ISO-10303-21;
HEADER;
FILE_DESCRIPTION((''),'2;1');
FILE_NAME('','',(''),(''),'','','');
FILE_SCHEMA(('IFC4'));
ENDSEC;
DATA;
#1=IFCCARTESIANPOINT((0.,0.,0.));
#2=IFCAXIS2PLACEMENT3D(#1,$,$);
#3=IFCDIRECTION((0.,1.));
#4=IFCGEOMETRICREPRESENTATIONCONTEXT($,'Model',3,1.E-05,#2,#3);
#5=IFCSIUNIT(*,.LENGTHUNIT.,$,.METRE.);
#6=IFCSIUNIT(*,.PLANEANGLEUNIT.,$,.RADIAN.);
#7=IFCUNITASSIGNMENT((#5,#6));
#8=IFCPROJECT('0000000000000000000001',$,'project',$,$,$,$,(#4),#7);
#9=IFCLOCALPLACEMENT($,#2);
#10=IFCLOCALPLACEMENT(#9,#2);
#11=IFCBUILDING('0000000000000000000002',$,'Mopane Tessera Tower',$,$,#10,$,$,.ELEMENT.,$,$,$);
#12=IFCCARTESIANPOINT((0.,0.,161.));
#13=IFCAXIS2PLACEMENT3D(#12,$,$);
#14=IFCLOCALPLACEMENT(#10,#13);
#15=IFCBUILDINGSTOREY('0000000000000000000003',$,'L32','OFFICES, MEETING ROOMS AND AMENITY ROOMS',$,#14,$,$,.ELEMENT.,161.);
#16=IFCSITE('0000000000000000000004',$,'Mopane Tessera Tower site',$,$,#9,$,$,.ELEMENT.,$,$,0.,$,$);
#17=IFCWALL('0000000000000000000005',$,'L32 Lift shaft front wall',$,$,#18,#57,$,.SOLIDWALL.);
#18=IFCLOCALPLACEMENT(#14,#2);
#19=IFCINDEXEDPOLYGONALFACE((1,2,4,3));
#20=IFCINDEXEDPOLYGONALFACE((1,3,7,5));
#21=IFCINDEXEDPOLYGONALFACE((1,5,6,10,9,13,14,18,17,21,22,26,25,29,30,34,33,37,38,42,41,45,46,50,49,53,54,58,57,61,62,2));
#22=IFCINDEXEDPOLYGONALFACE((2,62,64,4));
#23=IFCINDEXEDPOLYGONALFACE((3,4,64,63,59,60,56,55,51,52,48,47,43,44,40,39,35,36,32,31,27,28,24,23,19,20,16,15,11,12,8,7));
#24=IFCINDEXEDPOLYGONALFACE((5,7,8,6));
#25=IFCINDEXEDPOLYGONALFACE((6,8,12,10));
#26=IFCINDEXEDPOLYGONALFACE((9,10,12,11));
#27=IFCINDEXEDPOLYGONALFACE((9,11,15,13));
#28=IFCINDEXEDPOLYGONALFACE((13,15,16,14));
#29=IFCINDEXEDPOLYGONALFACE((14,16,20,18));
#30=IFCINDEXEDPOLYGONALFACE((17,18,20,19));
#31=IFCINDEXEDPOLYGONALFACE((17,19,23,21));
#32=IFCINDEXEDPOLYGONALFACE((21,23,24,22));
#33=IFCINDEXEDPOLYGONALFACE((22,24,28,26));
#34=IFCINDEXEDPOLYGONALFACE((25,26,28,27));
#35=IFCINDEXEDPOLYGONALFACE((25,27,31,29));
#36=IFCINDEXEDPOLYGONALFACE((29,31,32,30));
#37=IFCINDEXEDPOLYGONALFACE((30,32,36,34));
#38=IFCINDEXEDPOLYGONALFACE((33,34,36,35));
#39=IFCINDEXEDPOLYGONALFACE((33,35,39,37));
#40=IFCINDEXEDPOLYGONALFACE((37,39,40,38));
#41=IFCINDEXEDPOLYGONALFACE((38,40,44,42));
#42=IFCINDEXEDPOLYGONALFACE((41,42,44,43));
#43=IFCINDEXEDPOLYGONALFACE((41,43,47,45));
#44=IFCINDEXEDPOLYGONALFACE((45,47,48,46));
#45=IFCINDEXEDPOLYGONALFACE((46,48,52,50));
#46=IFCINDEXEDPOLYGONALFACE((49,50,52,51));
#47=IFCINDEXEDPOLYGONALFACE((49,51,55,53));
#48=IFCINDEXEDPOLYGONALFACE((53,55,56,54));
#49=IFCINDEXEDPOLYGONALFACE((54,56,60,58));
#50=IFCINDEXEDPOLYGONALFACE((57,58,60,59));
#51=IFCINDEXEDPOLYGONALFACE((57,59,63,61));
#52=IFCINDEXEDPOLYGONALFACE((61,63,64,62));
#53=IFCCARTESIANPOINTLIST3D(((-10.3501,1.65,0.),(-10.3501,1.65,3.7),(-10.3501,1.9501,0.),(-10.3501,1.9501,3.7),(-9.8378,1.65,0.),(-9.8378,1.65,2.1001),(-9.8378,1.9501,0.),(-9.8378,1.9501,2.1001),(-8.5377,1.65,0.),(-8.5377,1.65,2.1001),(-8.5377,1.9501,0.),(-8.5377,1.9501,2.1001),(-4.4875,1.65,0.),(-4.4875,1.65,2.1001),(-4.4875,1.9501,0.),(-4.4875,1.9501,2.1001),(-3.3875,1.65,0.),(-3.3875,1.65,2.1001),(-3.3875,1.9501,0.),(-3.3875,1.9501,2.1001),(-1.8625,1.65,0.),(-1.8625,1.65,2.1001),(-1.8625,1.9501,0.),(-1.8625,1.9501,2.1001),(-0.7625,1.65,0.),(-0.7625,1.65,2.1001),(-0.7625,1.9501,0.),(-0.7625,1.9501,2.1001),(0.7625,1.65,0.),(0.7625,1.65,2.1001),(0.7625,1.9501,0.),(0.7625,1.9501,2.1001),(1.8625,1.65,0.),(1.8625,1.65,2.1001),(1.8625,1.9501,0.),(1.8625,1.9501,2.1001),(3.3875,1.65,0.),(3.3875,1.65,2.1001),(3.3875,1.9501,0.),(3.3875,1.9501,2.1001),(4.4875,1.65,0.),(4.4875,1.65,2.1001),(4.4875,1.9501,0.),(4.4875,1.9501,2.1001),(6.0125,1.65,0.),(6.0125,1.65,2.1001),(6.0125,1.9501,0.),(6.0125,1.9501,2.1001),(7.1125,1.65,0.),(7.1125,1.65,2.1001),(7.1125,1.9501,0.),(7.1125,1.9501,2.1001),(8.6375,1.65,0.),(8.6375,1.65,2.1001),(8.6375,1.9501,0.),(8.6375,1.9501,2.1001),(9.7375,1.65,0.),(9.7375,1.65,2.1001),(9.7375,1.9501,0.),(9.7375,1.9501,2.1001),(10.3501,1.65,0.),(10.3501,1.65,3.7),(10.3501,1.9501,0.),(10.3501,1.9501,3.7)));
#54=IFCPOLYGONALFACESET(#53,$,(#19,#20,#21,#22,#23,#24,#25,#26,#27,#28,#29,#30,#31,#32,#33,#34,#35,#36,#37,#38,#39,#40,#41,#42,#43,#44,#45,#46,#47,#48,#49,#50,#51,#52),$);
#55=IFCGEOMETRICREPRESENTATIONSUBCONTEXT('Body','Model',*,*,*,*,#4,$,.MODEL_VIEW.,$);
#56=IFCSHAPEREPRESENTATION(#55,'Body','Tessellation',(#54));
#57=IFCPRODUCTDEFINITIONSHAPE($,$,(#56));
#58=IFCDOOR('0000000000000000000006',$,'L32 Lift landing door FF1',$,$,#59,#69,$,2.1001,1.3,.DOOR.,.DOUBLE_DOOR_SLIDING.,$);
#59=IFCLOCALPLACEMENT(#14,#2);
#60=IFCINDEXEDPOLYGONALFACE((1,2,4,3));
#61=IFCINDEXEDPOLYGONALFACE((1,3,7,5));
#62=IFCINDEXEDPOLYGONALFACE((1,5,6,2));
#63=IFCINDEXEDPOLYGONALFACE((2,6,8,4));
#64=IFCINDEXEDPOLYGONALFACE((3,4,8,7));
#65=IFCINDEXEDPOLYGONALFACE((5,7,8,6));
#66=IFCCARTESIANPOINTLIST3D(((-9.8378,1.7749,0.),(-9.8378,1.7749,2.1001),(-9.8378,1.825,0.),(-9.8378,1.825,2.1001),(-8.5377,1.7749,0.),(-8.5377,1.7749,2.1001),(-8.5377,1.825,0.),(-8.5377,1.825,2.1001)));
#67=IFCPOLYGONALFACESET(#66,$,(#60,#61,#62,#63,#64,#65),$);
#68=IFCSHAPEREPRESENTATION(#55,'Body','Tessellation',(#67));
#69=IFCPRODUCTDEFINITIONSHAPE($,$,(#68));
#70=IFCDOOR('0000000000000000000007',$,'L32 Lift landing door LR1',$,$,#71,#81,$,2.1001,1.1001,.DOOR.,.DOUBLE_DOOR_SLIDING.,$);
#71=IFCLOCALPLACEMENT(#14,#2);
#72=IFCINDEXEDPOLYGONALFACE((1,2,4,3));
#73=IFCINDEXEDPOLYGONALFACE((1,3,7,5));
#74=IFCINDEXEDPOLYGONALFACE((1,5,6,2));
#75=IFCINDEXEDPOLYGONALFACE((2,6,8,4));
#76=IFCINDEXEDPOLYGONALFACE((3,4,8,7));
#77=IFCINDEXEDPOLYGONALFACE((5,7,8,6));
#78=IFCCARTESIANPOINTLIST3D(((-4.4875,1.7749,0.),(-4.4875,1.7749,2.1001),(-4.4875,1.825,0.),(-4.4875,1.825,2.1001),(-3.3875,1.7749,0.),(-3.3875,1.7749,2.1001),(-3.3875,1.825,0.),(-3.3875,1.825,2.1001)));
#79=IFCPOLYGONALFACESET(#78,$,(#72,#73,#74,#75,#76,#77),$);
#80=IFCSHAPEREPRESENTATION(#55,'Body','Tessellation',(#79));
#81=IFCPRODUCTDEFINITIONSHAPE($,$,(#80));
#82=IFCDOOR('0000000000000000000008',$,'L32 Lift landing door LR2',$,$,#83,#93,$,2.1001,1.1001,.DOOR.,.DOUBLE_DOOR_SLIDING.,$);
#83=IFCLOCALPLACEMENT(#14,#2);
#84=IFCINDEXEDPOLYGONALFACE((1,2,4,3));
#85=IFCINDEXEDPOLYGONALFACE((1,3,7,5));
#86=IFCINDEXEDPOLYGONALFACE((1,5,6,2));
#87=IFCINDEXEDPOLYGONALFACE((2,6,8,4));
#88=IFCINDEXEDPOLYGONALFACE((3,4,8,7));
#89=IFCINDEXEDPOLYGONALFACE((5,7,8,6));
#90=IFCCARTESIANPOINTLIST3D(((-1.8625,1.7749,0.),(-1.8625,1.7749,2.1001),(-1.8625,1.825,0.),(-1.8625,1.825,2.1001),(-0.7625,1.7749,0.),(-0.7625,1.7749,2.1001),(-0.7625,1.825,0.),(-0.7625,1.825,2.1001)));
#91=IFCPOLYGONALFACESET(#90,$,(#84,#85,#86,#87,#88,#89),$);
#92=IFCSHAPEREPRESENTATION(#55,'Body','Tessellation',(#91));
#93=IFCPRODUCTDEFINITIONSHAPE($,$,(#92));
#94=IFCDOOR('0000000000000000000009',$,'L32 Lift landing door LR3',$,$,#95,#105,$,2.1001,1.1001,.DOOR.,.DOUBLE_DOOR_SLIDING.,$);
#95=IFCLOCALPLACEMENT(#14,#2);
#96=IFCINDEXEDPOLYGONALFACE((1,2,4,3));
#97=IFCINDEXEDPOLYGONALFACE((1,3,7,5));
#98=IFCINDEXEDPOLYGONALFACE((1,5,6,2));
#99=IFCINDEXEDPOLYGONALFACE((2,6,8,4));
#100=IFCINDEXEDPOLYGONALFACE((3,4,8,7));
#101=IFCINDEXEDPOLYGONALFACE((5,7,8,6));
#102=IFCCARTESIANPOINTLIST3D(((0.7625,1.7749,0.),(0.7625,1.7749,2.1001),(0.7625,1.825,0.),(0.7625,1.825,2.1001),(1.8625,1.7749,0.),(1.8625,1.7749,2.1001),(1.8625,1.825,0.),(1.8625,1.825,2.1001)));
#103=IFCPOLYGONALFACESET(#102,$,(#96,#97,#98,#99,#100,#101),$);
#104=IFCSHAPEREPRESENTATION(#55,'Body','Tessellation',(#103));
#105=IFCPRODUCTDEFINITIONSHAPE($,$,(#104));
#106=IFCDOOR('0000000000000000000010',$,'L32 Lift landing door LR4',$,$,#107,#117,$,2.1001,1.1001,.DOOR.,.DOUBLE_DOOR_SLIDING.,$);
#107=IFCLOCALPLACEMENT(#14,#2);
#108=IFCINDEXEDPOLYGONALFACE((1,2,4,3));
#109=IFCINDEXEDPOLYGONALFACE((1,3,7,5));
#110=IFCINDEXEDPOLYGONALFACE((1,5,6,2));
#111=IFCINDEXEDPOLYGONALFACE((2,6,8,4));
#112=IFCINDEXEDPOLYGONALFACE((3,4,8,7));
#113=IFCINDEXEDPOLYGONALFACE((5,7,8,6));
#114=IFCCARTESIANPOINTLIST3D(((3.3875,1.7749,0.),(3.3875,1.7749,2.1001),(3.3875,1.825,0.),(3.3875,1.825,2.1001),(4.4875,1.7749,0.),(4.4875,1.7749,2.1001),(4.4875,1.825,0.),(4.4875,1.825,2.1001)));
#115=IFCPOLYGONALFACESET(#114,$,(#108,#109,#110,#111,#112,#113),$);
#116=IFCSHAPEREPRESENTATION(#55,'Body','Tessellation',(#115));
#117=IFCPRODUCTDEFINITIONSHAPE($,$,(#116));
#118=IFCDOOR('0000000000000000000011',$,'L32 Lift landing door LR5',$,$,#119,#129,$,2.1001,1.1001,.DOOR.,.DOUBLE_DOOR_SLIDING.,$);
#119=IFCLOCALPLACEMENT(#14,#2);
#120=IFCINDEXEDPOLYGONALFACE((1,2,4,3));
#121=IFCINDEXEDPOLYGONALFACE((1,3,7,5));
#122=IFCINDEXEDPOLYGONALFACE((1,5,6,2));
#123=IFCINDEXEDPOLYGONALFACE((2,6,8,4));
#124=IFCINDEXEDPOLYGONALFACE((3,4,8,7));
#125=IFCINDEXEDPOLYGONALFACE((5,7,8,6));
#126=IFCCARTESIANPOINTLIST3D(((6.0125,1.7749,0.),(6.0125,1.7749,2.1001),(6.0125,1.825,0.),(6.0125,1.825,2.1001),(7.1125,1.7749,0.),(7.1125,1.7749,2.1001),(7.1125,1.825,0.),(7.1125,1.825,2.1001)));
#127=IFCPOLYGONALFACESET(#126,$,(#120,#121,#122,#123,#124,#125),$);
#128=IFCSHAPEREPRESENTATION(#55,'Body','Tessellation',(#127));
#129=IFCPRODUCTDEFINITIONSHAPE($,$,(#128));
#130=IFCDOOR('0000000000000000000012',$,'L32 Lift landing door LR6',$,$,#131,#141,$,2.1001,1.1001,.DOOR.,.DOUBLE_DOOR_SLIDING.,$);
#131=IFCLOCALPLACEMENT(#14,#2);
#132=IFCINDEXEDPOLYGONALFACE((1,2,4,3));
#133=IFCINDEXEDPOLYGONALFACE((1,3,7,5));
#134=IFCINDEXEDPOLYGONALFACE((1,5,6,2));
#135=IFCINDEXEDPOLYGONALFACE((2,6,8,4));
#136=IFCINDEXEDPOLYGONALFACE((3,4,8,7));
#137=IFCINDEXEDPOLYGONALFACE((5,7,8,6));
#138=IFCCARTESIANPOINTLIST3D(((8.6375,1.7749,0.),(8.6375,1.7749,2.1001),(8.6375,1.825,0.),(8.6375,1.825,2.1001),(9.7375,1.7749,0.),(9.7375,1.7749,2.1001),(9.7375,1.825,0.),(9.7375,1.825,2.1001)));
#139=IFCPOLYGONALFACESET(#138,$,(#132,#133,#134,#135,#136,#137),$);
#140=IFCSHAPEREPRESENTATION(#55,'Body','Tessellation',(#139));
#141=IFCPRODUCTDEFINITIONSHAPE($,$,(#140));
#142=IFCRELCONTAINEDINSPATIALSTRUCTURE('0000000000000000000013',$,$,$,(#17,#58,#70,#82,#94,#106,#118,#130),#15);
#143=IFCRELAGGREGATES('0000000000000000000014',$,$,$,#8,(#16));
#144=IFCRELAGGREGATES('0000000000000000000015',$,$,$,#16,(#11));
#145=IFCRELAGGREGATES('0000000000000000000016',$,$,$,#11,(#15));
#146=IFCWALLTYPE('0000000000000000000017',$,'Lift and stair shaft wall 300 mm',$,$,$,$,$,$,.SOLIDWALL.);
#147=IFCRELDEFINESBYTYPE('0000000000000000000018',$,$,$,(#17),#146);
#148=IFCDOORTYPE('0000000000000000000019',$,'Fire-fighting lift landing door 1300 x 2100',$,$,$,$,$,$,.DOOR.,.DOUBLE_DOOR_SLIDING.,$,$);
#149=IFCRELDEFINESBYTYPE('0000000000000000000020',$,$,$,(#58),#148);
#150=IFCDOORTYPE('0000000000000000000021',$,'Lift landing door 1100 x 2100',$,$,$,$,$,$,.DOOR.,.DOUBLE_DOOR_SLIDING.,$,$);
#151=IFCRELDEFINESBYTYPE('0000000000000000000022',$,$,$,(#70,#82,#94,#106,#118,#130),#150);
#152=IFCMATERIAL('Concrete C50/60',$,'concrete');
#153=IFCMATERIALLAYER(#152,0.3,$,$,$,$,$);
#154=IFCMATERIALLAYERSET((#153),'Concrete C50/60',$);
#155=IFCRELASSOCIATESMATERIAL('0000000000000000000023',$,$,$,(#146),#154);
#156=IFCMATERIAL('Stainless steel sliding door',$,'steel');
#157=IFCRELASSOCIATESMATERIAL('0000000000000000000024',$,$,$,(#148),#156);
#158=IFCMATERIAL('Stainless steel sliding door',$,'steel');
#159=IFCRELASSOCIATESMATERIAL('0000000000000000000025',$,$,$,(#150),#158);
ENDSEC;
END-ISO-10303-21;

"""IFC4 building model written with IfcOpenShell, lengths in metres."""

from ifc_helpers import new_model, si_unit, direction, frame, frame_2d, origin, place, context, subcontext, project, spatial, rectangle, extrude, material, layer, layer_set, type_object, element, fill, save


model = new_model("IFC4")

# Units and contexts
model_context = context("Model", 3, precision=1e-05, world=origin(), true_north=direction((0.0, 1.0)))
body_context = subcontext(model_context, "Body", "Model", "MODEL_VIEW")
ifc_project = project(units=[si_unit("LENGTHUNIT", "METRE"), si_unit("PLANEANGLEUNIT", "RADIAN")], contexts=[model_context])

# Site, building, storey
site_placement = place(None, origin())
site = spatial("IfcSite", under=ifc_project, at=site_placement, Name="Mopane Tessera Tower site", CompositionType="ELEMENT", RefElevation=0.0)
building_placement = place(site_placement, origin())
building = spatial("IfcBuilding", under=site, at=building_placement, Name="Mopane Tessera Tower", CompositionType="ELEMENT")
storey_placement = place(building_placement, frame((0.0, 0.0, 161.0)))
storey = spatial("IfcBuildingStorey", under=building, at=storey_placement, Name="L32", Description="OFFICES, MEETING ROOMS AND AMENITY ROOMS", CompositionType="ELEMENT", Elevation=161.0)

# Shared definitions
ifc_material_1 = material(Name="Concrete C50/60", Category="concrete")
ifc_layer_1 = layer(ifc_material_1, 0.3)
ifc_layer_set_1 = layer_set([ifc_layer_1], Name="Concrete C50/60")
wall_type_1 = type_object("IfcWallType", Name="Lift and stair shaft wall 300 mm", PredefinedType="SOLIDWALL", material=ifc_layer_set_1)

# Wall, openings, doors
wall_1_placement = place(storey_placement, frame((-10.3501, 1.8, 0.0), z_axis=(0.0, 0.0, 1.0), x_axis=(1.0, 0.0, 0.0)))
wall_1 = element("IfcWall", 1, at=wall_1_placement, inside=storey, type_object=wall_type_1, Name="L32 Lift shaft front wall", PredefinedType="SOLIDWALL", context=body_context, shape_type="SweptSolid", body=[
    extrude(rectangle(XDim=20.7002, YDim=0.3, at=frame_2d((10.3501, 0.0))), origin(), (0.0, 0.0, 1.0), 3.7),
])
opening_1_placement = place(wall_1_placement, frame((0.5125, 0.0, 0.0)))
opening_1 = element("IfcOpeningElement", 2, at=opening_1_placement, cuts=wall_1, PredefinedType="OPENING", context=body_context, shape_type="SweptSolid", body=[
    extrude(rectangle(XDim=1.3, YDim=2.1001, at=frame_2d((0.6499, 1.05))), frame((0.0, 0.1621, 0.0), z_axis=(0.0, -1.0, 0.0), x_axis=(1.0, 0.0, 0.0)), (0.0, 0.0, 1.0), 0.324),
])
opening_2_placement = place(wall_1_placement, frame((5.8625, 0.0, 0.0)))
opening_2 = element("IfcOpeningElement", 3, at=opening_2_placement, cuts=wall_1, PredefinedType="OPENING", context=body_context, shape_type="SweptSolid", body=[
    extrude(rectangle(XDim=1.1001, YDim=2.1001, at=frame_2d((0.55, 1.05))), frame((0.0, 0.1621, 0.0), z_axis=(0.0, -1.0, 0.0), x_axis=(1.0, 0.0, 0.0)), (0.0, 0.0, 1.0), 0.324),
])
opening_3_placement = place(wall_1_placement, frame((8.4875, 0.0, 0.0)))
opening_3 = element("IfcOpeningElement", 4, at=opening_3_placement, cuts=wall_1, PredefinedType="OPENING", context=body_context, shape_type="SweptSolid", body=[
    extrude(rectangle(XDim=1.1001, YDim=2.1001, at=frame_2d((0.55, 1.05))), frame((0.0, 0.1621, 0.0), z_axis=(0.0, -1.0, 0.0), x_axis=(1.0, 0.0, 0.0)), (0.0, 0.0, 1.0), 0.324),
])
opening_4_placement = place(wall_1_placement, frame((11.1125, 0.0, 0.0)))
opening_4 = element("IfcOpeningElement", 5, at=opening_4_placement, cuts=wall_1, PredefinedType="OPENING", context=body_context, shape_type="SweptSolid", body=[
    extrude(rectangle(XDim=1.1001, YDim=2.1001, at=frame_2d((0.55, 1.05))), frame((0.0, 0.1621, 0.0), z_axis=(0.0, -1.0, 0.0), x_axis=(1.0, 0.0, 0.0)), (0.0, 0.0, 1.0), 0.324),
])
opening_5_placement = place(wall_1_placement, frame((13.7375, 0.0, 0.0)))
opening_5 = element("IfcOpeningElement", 6, at=opening_5_placement, cuts=wall_1, PredefinedType="OPENING", context=body_context, shape_type="SweptSolid", body=[
    extrude(rectangle(XDim=1.1001, YDim=2.1001, at=frame_2d((0.55, 1.05))), frame((0.0, 0.1621, 0.0), z_axis=(0.0, -1.0, 0.0), x_axis=(1.0, 0.0, 0.0)), (0.0, 0.0, 1.0), 0.324),
])
opening_6_placement = place(wall_1_placement, frame((16.3625, 0.0, 0.0)))
opening_6 = element("IfcOpeningElement", 7, at=opening_6_placement, cuts=wall_1, PredefinedType="OPENING", context=body_context, shape_type="SweptSolid", body=[
    extrude(rectangle(XDim=1.1001, YDim=2.1001, at=frame_2d((0.55, 1.05))), frame((0.0, 0.1621, 0.0), z_axis=(0.0, -1.0, 0.0), x_axis=(1.0, 0.0, 0.0)), (0.0, 0.0, 1.0), 0.324),
])
opening_7_placement = place(wall_1_placement, frame((18.9875, 0.0, 0.0)))
opening_7 = element("IfcOpeningElement", 8, at=opening_7_placement, cuts=wall_1, PredefinedType="OPENING", context=body_context, shape_type="SweptSolid", body=[
    extrude(rectangle(XDim=1.1001, YDim=2.1001, at=frame_2d((0.55, 1.05))), frame((0.0, 0.1621, 0.0), z_axis=(0.0, -1.0, 0.0), x_axis=(1.0, 0.0, 0.0)), (0.0, 0.0, 1.0), 0.324),
])
ifc_material_2 = material(Name="Stainless steel sliding door", Category="steel")
door_type_1 = type_object("IfcDoorType", Name="Fire-fighting lift landing door 1300 x 2100", OperationType="DOUBLE_DOOR_SLIDING", PredefinedType="DOOR", material=ifc_material_2)
door_1_placement = place(opening_1_placement, origin())
door_1 = element("IfcDoor", 9, at=door_1_placement, inside=storey, type_object=door_type_1, Name="L32 Lift landing door FF1", OperationType="DOUBLE_DOOR_SLIDING", OverallHeight=2.1001, OverallWidth=1.3, PredefinedType="DOOR", context=body_context, shape_type="SweptSolid", body=[
    extrude(rectangle(XDim=1.3, YDim=2.1001, at=frame_2d((0.6499, 1.05))), frame((0.0, 0.0249, 0.0), z_axis=(0.0, -1.0, 0.0), x_axis=(1.0, 0.0, 0.0)), (0.0, 0.0, 1.0), 0.05),
])
fill(opening_1, door_1)
ifc_material_3 = material(Name="Stainless steel sliding door", Category="steel")
door_type_2 = type_object("IfcDoorType", Name="Lift landing door 1100 x 2100", OperationType="DOUBLE_DOOR_SLIDING", PredefinedType="DOOR", material=ifc_material_3)
door_2_placement = place(opening_2_placement, origin())
door_2 = element("IfcDoor", 10, at=door_2_placement, inside=storey, type_object=door_type_2, Name="L32 Lift landing door LR1", OperationType="DOUBLE_DOOR_SLIDING", OverallHeight=2.1001, OverallWidth=1.1001, PredefinedType="DOOR", context=body_context, shape_type="SweptSolid", body=[
    extrude(rectangle(XDim=1.1001, YDim=2.1001, at=frame_2d((0.55, 1.05))), frame((0.0, 0.0249, 0.0), z_axis=(0.0, -1.0, 0.0), x_axis=(1.0, 0.0, 0.0)), (0.0, 0.0, 1.0), 0.05),
])
fill(opening_2, door_2)
door_3_placement = place(opening_3_placement, origin())
door_3 = element("IfcDoor", 11, at=door_3_placement, inside=storey, type_object=door_type_2, Name="L32 Lift landing door LR2", OperationType="DOUBLE_DOOR_SLIDING", OverallHeight=2.1001, OverallWidth=1.1001, PredefinedType="DOOR", context=body_context, shape_type="SweptSolid", body=[
    extrude(rectangle(XDim=1.1001, YDim=2.1001, at=frame_2d((0.55, 1.05))), frame((0.0, 0.0249, 0.0), z_axis=(0.0, -1.0, 0.0), x_axis=(1.0, 0.0, 0.0)), (0.0, 0.0, 1.0), 0.05),
])
fill(opening_3, door_3)
door_4_placement = place(opening_4_placement, origin())
door_4 = element("IfcDoor", 12, at=door_4_placement, inside=storey, type_object=door_type_2, Name="L32 Lift landing door LR3", OperationType="DOUBLE_DOOR_SLIDING", OverallHeight=2.1001, OverallWidth=1.1001, PredefinedType="DOOR", context=body_context, shape_type="SweptSolid", body=[
    extrude(rectangle(XDim=1.1001, YDim=2.1001, at=frame_2d((0.55, 1.05))), frame((0.0, 0.0249, 0.0), z_axis=(0.0, -1.0, 0.0), x_axis=(1.0, 0.0, 0.0)), (0.0, 0.0, 1.0), 0.05),
])
fill(opening_4, door_4)
door_5_placement = place(opening_5_placement, origin())
door_5 = element("IfcDoor", 13, at=door_5_placement, inside=storey, type_object=door_type_2, Name="L32 Lift landing door LR4", OperationType="DOUBLE_DOOR_SLIDING", OverallHeight=2.1001, OverallWidth=1.1001, PredefinedType="DOOR", context=body_context, shape_type="SweptSolid", body=[
    extrude(rectangle(XDim=1.1001, YDim=2.1001, at=frame_2d((0.55, 1.05))), frame((0.0, 0.0249, 0.0), z_axis=(0.0, -1.0, 0.0), x_axis=(1.0, 0.0, 0.0)), (0.0, 0.0, 1.0), 0.05),
])
fill(opening_5, door_5)
door_6_placement = place(opening_6_placement, origin())
door_6 = element("IfcDoor", 14, at=door_6_placement, inside=storey, type_object=door_type_2, Name="L32 Lift landing door LR5", OperationType="DOUBLE_DOOR_SLIDING", OverallHeight=2.1001, OverallWidth=1.1001, PredefinedType="DOOR", context=body_context, shape_type="SweptSolid", body=[
    extrude(rectangle(XDim=1.1001, YDim=2.1001, at=frame_2d((0.55, 1.05))), frame((0.0, 0.0249, 0.0), z_axis=(0.0, -1.0, 0.0), x_axis=(1.0, 0.0, 0.0)), (0.0, 0.0, 1.0), 0.05),
])
fill(opening_6, door_6)
door_7_placement = place(opening_7_placement, origin())
door_7 = element("IfcDoor", 15, at=door_7_placement, inside=storey, type_object=door_type_2, Name="L32 Lift landing door LR6", OperationType="DOUBLE_DOOR_SLIDING", OverallHeight=2.1001, OverallWidth=1.1001, PredefinedType="DOOR", context=body_context, shape_type="SweptSolid", body=[
    extrude(rectangle(XDim=1.1001, YDim=2.1001, at=frame_2d((0.55, 1.05))), frame((0.0, 0.0249, 0.0), z_axis=(0.0, -1.0, 0.0), x_axis=(1.0, 0.0, 0.0)), (0.0, 0.0, 1.0), 0.05),
])
fill(opening_7, door_7)

save(model, "model.ifc")
